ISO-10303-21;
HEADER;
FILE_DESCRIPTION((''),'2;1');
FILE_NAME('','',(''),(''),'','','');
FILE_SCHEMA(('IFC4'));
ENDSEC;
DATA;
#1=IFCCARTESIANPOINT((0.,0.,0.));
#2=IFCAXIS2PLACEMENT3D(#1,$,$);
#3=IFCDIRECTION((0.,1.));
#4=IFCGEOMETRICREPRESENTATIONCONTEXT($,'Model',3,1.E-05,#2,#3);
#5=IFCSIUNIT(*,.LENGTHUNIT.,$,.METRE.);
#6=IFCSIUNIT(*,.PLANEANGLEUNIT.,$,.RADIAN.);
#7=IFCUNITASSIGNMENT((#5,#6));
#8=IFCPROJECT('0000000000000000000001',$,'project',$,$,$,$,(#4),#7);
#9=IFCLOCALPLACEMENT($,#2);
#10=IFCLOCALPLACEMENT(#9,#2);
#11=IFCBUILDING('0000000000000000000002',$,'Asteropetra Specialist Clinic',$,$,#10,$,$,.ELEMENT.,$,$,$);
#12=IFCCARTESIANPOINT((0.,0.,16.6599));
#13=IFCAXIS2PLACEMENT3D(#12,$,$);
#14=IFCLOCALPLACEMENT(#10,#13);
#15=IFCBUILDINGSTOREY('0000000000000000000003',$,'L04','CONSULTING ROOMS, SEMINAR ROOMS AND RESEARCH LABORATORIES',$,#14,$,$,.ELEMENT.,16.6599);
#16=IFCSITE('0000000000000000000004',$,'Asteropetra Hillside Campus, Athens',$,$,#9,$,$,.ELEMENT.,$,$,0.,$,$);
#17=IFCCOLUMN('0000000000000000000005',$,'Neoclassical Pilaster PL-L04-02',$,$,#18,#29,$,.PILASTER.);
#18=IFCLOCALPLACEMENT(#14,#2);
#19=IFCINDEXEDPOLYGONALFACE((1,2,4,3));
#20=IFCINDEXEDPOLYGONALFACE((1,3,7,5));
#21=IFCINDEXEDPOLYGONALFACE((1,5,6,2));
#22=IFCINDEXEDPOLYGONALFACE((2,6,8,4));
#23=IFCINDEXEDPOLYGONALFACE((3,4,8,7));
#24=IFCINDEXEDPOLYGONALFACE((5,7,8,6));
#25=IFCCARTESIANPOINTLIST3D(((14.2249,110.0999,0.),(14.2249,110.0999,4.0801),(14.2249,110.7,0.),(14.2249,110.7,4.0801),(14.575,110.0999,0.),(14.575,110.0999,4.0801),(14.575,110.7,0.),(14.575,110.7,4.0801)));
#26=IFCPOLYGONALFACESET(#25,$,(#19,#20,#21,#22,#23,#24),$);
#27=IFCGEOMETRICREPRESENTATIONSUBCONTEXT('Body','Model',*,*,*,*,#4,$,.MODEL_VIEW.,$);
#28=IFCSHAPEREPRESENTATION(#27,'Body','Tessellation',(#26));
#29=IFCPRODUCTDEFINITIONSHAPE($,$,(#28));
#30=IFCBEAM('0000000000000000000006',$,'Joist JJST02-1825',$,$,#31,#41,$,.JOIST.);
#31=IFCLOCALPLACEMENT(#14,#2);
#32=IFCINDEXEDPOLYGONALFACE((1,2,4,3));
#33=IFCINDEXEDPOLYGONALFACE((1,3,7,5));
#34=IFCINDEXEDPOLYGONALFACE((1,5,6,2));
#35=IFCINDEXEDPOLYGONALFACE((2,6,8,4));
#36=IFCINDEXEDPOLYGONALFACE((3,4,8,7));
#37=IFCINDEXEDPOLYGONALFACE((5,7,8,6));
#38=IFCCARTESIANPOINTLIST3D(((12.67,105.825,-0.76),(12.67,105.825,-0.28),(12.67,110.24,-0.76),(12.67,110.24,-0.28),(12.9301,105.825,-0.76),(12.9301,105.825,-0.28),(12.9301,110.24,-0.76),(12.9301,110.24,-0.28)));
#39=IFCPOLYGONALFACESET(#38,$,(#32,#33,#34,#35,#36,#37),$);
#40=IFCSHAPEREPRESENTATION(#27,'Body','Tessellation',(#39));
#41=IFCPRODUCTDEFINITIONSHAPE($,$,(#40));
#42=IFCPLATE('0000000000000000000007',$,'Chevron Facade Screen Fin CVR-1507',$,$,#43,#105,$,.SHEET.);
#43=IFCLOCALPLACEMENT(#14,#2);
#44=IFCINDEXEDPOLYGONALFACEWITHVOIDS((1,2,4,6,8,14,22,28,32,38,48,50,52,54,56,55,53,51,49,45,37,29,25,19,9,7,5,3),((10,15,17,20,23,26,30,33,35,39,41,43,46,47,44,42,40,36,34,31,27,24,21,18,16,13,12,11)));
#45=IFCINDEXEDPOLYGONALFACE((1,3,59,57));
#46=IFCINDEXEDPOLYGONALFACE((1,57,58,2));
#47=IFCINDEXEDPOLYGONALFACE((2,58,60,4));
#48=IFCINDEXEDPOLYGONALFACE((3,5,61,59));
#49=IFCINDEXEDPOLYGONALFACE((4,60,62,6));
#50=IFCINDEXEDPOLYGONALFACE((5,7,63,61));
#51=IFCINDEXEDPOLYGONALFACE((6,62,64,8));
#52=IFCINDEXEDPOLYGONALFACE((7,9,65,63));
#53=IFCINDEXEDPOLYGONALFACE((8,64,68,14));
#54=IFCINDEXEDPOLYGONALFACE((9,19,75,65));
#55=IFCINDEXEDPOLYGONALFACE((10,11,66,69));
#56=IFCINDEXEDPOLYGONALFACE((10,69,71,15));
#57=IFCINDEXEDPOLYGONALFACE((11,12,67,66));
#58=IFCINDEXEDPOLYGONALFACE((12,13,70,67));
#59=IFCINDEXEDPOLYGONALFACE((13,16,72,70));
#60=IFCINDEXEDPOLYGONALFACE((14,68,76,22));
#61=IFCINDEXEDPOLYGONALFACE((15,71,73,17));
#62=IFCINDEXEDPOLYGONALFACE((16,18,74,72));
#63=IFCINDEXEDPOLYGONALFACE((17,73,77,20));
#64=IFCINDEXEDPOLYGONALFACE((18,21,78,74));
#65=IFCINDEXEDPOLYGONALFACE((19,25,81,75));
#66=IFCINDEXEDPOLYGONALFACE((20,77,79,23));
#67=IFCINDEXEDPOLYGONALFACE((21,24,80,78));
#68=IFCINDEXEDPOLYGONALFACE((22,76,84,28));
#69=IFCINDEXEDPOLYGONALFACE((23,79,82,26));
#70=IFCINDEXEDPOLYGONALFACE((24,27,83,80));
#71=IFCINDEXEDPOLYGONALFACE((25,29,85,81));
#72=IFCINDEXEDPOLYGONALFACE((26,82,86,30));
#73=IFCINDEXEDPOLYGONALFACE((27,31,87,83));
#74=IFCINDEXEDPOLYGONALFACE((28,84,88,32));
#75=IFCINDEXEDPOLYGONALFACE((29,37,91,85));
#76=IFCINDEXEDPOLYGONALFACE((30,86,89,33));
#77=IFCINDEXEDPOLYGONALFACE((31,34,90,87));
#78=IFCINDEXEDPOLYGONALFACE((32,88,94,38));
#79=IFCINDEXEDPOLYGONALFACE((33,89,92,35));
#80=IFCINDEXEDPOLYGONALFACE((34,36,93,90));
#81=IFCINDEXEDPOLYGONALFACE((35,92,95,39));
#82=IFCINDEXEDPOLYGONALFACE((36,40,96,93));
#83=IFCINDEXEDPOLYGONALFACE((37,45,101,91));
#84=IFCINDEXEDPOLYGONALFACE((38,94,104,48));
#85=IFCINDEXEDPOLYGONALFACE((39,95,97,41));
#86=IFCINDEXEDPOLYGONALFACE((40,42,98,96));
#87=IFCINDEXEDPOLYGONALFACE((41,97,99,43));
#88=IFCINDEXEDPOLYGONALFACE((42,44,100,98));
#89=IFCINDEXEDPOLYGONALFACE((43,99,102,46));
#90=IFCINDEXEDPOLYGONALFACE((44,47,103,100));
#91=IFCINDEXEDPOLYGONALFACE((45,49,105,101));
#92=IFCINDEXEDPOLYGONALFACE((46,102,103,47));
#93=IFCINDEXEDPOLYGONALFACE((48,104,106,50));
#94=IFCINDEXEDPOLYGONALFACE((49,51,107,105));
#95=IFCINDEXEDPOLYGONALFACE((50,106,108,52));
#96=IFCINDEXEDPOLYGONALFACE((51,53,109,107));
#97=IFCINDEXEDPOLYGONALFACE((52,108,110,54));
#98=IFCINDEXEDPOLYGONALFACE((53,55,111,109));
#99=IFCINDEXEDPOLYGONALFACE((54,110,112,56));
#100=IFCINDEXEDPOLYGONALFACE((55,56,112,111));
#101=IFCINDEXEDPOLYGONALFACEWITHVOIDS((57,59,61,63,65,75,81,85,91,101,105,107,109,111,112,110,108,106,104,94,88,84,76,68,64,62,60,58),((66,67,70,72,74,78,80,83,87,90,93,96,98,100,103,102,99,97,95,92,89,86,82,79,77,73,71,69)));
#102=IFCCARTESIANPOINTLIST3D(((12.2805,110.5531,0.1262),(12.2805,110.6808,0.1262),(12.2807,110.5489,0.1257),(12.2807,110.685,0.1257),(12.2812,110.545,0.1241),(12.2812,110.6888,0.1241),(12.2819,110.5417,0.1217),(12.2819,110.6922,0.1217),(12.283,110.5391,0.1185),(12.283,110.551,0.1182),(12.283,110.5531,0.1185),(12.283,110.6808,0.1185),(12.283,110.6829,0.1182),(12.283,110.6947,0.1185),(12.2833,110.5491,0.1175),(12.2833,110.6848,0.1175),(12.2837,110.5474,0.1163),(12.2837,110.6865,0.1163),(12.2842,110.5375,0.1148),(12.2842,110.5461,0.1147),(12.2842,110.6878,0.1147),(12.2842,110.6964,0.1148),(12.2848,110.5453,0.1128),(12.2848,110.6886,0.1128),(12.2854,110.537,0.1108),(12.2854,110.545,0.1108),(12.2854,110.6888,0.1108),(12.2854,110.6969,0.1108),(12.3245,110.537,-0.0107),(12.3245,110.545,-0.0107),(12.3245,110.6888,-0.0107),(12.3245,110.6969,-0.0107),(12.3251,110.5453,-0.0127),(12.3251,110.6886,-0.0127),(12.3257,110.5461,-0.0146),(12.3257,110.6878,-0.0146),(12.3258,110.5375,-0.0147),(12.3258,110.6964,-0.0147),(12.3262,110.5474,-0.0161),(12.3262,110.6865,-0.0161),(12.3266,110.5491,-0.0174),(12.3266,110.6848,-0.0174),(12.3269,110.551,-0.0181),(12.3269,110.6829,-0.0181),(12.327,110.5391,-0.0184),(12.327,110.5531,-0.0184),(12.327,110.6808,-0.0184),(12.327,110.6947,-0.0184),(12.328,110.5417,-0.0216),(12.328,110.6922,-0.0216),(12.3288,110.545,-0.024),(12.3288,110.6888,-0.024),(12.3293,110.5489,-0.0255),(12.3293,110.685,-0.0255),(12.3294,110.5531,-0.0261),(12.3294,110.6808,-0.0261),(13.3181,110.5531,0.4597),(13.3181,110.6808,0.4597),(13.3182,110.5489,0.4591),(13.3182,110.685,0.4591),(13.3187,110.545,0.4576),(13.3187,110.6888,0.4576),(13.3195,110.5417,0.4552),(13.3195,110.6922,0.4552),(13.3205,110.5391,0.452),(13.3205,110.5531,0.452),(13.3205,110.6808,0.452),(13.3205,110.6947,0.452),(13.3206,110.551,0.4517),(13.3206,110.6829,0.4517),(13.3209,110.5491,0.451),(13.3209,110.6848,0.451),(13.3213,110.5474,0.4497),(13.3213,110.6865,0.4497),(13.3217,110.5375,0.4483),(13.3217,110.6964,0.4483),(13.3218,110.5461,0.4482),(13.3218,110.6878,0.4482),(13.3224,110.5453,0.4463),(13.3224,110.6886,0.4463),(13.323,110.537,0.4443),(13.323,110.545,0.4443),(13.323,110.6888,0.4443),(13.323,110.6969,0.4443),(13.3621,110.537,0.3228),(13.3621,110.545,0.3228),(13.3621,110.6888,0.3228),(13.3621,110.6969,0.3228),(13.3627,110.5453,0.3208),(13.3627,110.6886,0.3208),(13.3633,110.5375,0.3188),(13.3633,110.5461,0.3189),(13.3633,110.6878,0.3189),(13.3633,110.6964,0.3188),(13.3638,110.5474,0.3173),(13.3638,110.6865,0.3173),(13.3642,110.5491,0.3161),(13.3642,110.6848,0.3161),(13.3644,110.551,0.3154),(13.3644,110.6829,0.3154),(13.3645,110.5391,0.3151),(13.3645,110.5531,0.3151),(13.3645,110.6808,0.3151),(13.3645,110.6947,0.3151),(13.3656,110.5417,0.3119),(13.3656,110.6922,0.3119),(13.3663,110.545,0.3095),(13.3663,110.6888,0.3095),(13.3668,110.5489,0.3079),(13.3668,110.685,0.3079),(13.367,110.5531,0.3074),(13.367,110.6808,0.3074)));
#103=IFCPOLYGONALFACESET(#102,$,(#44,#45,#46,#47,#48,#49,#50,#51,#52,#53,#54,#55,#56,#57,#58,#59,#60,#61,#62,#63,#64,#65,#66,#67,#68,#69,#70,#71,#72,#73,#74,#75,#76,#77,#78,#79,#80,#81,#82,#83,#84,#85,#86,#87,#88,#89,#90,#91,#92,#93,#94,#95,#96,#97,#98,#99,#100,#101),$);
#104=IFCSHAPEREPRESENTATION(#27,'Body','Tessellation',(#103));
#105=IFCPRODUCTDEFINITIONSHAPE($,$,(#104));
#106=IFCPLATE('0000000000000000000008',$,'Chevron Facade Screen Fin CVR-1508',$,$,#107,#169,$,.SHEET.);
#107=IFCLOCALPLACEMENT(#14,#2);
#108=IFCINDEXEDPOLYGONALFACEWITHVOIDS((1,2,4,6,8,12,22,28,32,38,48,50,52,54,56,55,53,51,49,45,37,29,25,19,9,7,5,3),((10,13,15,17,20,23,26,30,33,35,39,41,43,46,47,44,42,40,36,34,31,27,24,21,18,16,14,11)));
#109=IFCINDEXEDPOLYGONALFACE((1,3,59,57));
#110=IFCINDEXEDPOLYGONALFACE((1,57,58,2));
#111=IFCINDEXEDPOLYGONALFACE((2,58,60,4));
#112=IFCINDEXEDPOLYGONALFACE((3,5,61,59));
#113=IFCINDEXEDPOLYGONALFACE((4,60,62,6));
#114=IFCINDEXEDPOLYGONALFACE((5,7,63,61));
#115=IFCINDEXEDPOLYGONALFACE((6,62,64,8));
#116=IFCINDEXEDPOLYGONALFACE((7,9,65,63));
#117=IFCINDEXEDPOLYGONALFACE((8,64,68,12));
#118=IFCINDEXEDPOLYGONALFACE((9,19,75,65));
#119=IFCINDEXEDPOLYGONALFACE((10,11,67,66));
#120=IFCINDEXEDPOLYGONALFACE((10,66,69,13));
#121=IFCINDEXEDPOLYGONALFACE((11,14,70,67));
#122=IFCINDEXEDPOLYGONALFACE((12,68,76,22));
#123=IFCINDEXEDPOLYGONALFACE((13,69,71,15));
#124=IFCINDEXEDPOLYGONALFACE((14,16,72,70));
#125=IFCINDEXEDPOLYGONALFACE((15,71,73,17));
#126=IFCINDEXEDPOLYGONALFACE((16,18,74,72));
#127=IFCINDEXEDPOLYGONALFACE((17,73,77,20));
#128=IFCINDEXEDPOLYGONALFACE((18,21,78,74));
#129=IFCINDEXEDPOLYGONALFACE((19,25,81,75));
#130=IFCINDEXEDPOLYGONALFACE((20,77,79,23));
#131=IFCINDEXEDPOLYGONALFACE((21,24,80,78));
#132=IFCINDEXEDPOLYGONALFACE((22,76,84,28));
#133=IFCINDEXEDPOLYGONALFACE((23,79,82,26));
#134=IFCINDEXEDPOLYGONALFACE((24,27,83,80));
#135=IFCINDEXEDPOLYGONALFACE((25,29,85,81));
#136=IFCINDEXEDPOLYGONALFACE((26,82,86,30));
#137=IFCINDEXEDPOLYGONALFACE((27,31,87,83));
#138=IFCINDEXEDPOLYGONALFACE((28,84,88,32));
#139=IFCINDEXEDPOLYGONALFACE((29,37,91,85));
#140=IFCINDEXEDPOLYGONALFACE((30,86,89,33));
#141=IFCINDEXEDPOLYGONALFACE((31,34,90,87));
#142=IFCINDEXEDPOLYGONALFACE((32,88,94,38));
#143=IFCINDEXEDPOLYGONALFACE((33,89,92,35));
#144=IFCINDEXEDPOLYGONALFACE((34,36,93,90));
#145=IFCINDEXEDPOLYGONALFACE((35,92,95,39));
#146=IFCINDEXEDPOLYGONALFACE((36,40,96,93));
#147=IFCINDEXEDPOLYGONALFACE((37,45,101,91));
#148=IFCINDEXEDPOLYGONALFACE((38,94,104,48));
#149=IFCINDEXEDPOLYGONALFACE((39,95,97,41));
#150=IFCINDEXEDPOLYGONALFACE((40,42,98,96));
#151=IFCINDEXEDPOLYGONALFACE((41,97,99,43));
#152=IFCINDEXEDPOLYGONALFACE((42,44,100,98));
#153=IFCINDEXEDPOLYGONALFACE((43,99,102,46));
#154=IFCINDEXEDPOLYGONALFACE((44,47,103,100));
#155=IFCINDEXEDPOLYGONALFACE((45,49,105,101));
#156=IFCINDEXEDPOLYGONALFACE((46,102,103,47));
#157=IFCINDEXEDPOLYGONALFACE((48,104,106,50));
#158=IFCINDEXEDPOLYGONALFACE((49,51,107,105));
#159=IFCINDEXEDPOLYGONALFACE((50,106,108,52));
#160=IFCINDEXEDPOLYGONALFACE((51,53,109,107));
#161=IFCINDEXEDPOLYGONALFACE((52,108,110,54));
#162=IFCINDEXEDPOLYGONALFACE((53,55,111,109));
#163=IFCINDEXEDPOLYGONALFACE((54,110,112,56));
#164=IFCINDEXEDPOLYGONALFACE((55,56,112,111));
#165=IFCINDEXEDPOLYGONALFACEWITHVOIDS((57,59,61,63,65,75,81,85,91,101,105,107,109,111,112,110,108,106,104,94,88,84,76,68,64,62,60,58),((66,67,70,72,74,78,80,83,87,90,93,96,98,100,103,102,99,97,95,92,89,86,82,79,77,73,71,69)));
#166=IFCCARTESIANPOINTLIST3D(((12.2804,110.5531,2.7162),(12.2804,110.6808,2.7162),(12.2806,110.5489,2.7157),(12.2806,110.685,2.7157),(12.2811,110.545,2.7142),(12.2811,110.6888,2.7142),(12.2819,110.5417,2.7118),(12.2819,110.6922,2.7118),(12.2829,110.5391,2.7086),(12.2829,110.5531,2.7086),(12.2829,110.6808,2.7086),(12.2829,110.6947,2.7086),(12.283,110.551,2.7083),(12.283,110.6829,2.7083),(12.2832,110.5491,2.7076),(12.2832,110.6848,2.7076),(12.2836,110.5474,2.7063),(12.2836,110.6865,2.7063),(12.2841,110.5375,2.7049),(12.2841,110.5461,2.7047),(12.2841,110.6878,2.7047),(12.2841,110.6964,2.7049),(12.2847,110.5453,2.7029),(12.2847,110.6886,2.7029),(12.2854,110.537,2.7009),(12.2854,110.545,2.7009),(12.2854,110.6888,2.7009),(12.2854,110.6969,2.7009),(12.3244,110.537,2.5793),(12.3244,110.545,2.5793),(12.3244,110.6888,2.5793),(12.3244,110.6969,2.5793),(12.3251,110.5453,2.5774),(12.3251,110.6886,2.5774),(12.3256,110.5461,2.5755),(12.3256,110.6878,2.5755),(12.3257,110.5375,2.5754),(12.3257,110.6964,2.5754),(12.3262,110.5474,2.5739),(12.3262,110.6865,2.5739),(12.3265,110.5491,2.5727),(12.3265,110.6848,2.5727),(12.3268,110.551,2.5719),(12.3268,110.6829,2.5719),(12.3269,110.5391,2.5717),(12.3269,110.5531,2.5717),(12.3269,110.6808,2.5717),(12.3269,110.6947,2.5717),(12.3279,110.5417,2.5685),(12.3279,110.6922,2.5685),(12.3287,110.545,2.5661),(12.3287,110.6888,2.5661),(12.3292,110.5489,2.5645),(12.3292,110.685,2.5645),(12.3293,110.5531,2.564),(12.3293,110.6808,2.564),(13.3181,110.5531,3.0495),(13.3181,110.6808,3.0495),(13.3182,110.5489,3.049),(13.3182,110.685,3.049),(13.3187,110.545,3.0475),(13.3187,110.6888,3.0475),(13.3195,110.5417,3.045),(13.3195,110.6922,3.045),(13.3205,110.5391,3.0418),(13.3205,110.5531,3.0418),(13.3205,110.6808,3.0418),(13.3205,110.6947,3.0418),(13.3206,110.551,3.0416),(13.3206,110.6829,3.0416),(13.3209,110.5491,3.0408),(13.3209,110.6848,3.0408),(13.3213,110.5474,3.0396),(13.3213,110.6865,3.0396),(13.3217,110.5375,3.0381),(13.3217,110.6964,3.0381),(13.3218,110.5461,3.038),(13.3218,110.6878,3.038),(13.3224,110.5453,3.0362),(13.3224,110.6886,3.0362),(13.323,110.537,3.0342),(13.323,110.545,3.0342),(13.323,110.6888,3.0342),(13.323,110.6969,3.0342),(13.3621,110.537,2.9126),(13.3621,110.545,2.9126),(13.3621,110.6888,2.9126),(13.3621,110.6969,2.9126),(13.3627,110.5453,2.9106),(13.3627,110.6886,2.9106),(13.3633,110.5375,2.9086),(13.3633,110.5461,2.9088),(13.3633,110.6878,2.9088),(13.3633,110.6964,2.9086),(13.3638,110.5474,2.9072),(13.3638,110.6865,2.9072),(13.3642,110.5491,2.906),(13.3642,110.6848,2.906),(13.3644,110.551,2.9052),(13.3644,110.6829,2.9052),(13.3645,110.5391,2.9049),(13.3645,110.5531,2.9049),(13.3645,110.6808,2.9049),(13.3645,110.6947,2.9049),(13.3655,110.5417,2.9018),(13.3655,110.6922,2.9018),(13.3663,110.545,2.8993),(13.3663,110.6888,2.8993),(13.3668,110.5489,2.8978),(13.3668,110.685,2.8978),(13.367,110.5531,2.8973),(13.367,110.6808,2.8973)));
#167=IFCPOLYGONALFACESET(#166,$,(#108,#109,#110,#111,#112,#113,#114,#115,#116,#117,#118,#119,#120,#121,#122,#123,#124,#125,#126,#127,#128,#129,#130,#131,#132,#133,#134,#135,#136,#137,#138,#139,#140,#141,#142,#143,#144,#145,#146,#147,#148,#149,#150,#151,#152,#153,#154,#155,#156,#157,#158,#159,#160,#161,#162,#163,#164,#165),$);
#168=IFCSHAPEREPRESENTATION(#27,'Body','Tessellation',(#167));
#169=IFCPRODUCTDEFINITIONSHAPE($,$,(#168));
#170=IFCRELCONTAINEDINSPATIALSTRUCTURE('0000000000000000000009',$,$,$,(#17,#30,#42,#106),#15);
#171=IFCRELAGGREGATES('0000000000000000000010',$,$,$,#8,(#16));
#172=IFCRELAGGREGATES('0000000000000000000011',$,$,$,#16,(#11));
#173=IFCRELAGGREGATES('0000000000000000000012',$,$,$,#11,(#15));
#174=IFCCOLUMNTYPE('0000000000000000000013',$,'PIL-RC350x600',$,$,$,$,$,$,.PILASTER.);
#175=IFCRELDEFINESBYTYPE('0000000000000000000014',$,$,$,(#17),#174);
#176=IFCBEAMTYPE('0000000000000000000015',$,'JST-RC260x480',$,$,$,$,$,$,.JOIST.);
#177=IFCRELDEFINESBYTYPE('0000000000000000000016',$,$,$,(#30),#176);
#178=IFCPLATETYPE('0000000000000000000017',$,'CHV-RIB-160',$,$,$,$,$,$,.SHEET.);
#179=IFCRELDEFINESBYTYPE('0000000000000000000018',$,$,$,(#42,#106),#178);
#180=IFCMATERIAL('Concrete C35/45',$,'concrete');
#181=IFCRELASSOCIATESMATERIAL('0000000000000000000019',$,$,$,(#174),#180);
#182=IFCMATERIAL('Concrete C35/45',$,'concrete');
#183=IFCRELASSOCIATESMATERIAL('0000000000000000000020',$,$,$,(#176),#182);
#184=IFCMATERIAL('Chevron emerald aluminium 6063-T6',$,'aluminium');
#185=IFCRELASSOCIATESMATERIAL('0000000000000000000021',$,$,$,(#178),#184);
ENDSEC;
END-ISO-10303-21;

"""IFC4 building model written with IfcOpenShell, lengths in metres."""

from ifc_helpers import new_model, si_unit, direction, frame, origin, origin_2d, place, context, subcontext, project, spatial, rectangle, hollow_rectangle, extrude, material, material_profile, profile_set, type_object, element, save


model = new_model("IFC4")

# Units and contexts
model_context = context("Model", 3, precision=1e-05, world=origin(), true_north=direction((0.0, 1.0)))
body_context = subcontext(model_context, "Body", "Model", "MODEL_VIEW")
ifc_project = project(units=[si_unit("LENGTHUNIT", "METRE"), si_unit("PLANEANGLEUNIT", "RADIAN")], contexts=[model_context])

# Site, building, storey
site_placement = place(None, origin())
site = spatial("IfcSite", under=ifc_project, at=site_placement, Name="Asteropetra Hillside Campus, Athens", CompositionType="ELEMENT", RefElevation=0.0)
building_placement = place(site_placement, origin())
building = spatial("IfcBuilding", under=site, at=building_placement, Name="Asteropetra Specialist Clinic", CompositionType="ELEMENT")
storey_placement = place(building_placement, frame((0.0, 0.0, 16.6599)))
storey = spatial("IfcBuildingStorey", under=building, at=storey_placement, Name="L04", Description="CONSULTING ROOMS, SEMINAR ROOMS AND RESEARCH LABORATORIES", CompositionType="ELEMENT", Elevation=16.6599)

# Column
ifc_material_1 = material(Name="Concrete C35/45", Category="concrete")
ifc_material_profile_1 = material_profile(ifc_material_1, rectangle(XDim=0.3501, YDim=0.6001, at=origin_2d()), Name="PIL 350x600")
ifc_profile_set_1 = profile_set([ifc_material_profile_1], Name="Concrete C35/45")
column_type = type_object("IfcColumnType", Name="PIL-RC350x600", PredefinedType="PILASTER", material=ifc_profile_set_1)
column_placement = place(storey_placement, frame((14.3999, 110.3999, 0.0), z_axis=(0.0, 0.0, 1.0), x_axis=(1.0, 0.0, 0.0)))
element("IfcColumn", 1, at=column_placement, inside=storey, type_object=column_type, Name="Neoclassical Pilaster PL-L04-02", PredefinedType="PILASTER", context=body_context, shape_type="SweptSolid", body=[
    extrude(rectangle(XDim=0.3501, YDim=0.6001, at=origin_2d()), origin(), (0.0, 0.0, 1.0), 4.0801),
])

# Beam
ifc_material_2 = material(Name="Concrete C35/45", Category="concrete")
ifc_material_profile_2 = material_profile(ifc_material_2, rectangle(XDim=0.26, YDim=0.48, at=origin_2d()), Name="RCJ 260x480")
ifc_profile_set_2 = profile_set([ifc_material_profile_2], Name="Concrete C35/45")
beam_type = type_object("IfcBeamType", Name="JST-RC260x480", PredefinedType="JOIST", material=ifc_profile_set_2)
beam_placement = place(storey_placement, frame((12.8, 105.825, -0.52), z_axis=(0.0, 1.0, 0.0), x_axis=(-1.0, 0.0, 0.0)))
element("IfcBeam", 2, at=beam_placement, inside=storey, type_object=beam_type, Name="Joist JJST02-1825", PredefinedType="JOIST", context=body_context, shape_type="SweptSolid", body=[
    extrude(rectangle(XDim=0.26, YDim=0.48, at=origin_2d()), origin(), (0.0, 0.0, 1.0), 4.415),
])

# Plates
ifc_material_3 = material(Name="Chevron emerald aluminium 6063-T6", Category="aluminium")
ifc_material_profile_3 = material_profile(ifc_material_3, hollow_rectangle(XDim=0.1599, YDim=0.1599, WallThickness=0.0081, InnerFilletRadius=0.0081, OuterFilletRadius=0.0161, at=origin_2d()), Name="SHS 160x160x8.0")
ifc_profile_set_3 = profile_set([ifc_material_profile_3], Name="Chevron emerald aluminium 6063-T6")
plate_type_1 = type_object("IfcPlateType", Name="CHV-RIB-160", PredefinedType="SHEET", material=ifc_profile_set_3)
for number, where, z_axis, x_axis, name in (
    (3, (13.3425, 110.6169, 0.3835), (-0.952033, 0.0, -0.305995), (0.0, -1.0, 0.0), "Chevron Facade Screen Fin CVR-1507"),
    (4, (13.3425, 110.6169, 2.9734), (-0.952098, 0.0, -0.305792), (0.0, -1.0, 0.0), "Chevron Facade Screen Fin CVR-1508"),
):
    element("IfcPlate", number, at=place(storey_placement, frame(where, z_axis=z_axis, x_axis=x_axis)), inside=storey, type_object=plate_type_1, Name=name, PredefinedType="SHEET", context=body_context, shape_type="SweptSolid", body=[
        extrude(hollow_rectangle(XDim=0.1599, YDim=0.1599, WallThickness=0.0081, InnerFilletRadius=0.0081, OuterFilletRadius=0.0161, at=origin_2d()), origin(), (0.0, 0.0, 1.0), 1.0898),
    ])

save(model, "model.ifc")
